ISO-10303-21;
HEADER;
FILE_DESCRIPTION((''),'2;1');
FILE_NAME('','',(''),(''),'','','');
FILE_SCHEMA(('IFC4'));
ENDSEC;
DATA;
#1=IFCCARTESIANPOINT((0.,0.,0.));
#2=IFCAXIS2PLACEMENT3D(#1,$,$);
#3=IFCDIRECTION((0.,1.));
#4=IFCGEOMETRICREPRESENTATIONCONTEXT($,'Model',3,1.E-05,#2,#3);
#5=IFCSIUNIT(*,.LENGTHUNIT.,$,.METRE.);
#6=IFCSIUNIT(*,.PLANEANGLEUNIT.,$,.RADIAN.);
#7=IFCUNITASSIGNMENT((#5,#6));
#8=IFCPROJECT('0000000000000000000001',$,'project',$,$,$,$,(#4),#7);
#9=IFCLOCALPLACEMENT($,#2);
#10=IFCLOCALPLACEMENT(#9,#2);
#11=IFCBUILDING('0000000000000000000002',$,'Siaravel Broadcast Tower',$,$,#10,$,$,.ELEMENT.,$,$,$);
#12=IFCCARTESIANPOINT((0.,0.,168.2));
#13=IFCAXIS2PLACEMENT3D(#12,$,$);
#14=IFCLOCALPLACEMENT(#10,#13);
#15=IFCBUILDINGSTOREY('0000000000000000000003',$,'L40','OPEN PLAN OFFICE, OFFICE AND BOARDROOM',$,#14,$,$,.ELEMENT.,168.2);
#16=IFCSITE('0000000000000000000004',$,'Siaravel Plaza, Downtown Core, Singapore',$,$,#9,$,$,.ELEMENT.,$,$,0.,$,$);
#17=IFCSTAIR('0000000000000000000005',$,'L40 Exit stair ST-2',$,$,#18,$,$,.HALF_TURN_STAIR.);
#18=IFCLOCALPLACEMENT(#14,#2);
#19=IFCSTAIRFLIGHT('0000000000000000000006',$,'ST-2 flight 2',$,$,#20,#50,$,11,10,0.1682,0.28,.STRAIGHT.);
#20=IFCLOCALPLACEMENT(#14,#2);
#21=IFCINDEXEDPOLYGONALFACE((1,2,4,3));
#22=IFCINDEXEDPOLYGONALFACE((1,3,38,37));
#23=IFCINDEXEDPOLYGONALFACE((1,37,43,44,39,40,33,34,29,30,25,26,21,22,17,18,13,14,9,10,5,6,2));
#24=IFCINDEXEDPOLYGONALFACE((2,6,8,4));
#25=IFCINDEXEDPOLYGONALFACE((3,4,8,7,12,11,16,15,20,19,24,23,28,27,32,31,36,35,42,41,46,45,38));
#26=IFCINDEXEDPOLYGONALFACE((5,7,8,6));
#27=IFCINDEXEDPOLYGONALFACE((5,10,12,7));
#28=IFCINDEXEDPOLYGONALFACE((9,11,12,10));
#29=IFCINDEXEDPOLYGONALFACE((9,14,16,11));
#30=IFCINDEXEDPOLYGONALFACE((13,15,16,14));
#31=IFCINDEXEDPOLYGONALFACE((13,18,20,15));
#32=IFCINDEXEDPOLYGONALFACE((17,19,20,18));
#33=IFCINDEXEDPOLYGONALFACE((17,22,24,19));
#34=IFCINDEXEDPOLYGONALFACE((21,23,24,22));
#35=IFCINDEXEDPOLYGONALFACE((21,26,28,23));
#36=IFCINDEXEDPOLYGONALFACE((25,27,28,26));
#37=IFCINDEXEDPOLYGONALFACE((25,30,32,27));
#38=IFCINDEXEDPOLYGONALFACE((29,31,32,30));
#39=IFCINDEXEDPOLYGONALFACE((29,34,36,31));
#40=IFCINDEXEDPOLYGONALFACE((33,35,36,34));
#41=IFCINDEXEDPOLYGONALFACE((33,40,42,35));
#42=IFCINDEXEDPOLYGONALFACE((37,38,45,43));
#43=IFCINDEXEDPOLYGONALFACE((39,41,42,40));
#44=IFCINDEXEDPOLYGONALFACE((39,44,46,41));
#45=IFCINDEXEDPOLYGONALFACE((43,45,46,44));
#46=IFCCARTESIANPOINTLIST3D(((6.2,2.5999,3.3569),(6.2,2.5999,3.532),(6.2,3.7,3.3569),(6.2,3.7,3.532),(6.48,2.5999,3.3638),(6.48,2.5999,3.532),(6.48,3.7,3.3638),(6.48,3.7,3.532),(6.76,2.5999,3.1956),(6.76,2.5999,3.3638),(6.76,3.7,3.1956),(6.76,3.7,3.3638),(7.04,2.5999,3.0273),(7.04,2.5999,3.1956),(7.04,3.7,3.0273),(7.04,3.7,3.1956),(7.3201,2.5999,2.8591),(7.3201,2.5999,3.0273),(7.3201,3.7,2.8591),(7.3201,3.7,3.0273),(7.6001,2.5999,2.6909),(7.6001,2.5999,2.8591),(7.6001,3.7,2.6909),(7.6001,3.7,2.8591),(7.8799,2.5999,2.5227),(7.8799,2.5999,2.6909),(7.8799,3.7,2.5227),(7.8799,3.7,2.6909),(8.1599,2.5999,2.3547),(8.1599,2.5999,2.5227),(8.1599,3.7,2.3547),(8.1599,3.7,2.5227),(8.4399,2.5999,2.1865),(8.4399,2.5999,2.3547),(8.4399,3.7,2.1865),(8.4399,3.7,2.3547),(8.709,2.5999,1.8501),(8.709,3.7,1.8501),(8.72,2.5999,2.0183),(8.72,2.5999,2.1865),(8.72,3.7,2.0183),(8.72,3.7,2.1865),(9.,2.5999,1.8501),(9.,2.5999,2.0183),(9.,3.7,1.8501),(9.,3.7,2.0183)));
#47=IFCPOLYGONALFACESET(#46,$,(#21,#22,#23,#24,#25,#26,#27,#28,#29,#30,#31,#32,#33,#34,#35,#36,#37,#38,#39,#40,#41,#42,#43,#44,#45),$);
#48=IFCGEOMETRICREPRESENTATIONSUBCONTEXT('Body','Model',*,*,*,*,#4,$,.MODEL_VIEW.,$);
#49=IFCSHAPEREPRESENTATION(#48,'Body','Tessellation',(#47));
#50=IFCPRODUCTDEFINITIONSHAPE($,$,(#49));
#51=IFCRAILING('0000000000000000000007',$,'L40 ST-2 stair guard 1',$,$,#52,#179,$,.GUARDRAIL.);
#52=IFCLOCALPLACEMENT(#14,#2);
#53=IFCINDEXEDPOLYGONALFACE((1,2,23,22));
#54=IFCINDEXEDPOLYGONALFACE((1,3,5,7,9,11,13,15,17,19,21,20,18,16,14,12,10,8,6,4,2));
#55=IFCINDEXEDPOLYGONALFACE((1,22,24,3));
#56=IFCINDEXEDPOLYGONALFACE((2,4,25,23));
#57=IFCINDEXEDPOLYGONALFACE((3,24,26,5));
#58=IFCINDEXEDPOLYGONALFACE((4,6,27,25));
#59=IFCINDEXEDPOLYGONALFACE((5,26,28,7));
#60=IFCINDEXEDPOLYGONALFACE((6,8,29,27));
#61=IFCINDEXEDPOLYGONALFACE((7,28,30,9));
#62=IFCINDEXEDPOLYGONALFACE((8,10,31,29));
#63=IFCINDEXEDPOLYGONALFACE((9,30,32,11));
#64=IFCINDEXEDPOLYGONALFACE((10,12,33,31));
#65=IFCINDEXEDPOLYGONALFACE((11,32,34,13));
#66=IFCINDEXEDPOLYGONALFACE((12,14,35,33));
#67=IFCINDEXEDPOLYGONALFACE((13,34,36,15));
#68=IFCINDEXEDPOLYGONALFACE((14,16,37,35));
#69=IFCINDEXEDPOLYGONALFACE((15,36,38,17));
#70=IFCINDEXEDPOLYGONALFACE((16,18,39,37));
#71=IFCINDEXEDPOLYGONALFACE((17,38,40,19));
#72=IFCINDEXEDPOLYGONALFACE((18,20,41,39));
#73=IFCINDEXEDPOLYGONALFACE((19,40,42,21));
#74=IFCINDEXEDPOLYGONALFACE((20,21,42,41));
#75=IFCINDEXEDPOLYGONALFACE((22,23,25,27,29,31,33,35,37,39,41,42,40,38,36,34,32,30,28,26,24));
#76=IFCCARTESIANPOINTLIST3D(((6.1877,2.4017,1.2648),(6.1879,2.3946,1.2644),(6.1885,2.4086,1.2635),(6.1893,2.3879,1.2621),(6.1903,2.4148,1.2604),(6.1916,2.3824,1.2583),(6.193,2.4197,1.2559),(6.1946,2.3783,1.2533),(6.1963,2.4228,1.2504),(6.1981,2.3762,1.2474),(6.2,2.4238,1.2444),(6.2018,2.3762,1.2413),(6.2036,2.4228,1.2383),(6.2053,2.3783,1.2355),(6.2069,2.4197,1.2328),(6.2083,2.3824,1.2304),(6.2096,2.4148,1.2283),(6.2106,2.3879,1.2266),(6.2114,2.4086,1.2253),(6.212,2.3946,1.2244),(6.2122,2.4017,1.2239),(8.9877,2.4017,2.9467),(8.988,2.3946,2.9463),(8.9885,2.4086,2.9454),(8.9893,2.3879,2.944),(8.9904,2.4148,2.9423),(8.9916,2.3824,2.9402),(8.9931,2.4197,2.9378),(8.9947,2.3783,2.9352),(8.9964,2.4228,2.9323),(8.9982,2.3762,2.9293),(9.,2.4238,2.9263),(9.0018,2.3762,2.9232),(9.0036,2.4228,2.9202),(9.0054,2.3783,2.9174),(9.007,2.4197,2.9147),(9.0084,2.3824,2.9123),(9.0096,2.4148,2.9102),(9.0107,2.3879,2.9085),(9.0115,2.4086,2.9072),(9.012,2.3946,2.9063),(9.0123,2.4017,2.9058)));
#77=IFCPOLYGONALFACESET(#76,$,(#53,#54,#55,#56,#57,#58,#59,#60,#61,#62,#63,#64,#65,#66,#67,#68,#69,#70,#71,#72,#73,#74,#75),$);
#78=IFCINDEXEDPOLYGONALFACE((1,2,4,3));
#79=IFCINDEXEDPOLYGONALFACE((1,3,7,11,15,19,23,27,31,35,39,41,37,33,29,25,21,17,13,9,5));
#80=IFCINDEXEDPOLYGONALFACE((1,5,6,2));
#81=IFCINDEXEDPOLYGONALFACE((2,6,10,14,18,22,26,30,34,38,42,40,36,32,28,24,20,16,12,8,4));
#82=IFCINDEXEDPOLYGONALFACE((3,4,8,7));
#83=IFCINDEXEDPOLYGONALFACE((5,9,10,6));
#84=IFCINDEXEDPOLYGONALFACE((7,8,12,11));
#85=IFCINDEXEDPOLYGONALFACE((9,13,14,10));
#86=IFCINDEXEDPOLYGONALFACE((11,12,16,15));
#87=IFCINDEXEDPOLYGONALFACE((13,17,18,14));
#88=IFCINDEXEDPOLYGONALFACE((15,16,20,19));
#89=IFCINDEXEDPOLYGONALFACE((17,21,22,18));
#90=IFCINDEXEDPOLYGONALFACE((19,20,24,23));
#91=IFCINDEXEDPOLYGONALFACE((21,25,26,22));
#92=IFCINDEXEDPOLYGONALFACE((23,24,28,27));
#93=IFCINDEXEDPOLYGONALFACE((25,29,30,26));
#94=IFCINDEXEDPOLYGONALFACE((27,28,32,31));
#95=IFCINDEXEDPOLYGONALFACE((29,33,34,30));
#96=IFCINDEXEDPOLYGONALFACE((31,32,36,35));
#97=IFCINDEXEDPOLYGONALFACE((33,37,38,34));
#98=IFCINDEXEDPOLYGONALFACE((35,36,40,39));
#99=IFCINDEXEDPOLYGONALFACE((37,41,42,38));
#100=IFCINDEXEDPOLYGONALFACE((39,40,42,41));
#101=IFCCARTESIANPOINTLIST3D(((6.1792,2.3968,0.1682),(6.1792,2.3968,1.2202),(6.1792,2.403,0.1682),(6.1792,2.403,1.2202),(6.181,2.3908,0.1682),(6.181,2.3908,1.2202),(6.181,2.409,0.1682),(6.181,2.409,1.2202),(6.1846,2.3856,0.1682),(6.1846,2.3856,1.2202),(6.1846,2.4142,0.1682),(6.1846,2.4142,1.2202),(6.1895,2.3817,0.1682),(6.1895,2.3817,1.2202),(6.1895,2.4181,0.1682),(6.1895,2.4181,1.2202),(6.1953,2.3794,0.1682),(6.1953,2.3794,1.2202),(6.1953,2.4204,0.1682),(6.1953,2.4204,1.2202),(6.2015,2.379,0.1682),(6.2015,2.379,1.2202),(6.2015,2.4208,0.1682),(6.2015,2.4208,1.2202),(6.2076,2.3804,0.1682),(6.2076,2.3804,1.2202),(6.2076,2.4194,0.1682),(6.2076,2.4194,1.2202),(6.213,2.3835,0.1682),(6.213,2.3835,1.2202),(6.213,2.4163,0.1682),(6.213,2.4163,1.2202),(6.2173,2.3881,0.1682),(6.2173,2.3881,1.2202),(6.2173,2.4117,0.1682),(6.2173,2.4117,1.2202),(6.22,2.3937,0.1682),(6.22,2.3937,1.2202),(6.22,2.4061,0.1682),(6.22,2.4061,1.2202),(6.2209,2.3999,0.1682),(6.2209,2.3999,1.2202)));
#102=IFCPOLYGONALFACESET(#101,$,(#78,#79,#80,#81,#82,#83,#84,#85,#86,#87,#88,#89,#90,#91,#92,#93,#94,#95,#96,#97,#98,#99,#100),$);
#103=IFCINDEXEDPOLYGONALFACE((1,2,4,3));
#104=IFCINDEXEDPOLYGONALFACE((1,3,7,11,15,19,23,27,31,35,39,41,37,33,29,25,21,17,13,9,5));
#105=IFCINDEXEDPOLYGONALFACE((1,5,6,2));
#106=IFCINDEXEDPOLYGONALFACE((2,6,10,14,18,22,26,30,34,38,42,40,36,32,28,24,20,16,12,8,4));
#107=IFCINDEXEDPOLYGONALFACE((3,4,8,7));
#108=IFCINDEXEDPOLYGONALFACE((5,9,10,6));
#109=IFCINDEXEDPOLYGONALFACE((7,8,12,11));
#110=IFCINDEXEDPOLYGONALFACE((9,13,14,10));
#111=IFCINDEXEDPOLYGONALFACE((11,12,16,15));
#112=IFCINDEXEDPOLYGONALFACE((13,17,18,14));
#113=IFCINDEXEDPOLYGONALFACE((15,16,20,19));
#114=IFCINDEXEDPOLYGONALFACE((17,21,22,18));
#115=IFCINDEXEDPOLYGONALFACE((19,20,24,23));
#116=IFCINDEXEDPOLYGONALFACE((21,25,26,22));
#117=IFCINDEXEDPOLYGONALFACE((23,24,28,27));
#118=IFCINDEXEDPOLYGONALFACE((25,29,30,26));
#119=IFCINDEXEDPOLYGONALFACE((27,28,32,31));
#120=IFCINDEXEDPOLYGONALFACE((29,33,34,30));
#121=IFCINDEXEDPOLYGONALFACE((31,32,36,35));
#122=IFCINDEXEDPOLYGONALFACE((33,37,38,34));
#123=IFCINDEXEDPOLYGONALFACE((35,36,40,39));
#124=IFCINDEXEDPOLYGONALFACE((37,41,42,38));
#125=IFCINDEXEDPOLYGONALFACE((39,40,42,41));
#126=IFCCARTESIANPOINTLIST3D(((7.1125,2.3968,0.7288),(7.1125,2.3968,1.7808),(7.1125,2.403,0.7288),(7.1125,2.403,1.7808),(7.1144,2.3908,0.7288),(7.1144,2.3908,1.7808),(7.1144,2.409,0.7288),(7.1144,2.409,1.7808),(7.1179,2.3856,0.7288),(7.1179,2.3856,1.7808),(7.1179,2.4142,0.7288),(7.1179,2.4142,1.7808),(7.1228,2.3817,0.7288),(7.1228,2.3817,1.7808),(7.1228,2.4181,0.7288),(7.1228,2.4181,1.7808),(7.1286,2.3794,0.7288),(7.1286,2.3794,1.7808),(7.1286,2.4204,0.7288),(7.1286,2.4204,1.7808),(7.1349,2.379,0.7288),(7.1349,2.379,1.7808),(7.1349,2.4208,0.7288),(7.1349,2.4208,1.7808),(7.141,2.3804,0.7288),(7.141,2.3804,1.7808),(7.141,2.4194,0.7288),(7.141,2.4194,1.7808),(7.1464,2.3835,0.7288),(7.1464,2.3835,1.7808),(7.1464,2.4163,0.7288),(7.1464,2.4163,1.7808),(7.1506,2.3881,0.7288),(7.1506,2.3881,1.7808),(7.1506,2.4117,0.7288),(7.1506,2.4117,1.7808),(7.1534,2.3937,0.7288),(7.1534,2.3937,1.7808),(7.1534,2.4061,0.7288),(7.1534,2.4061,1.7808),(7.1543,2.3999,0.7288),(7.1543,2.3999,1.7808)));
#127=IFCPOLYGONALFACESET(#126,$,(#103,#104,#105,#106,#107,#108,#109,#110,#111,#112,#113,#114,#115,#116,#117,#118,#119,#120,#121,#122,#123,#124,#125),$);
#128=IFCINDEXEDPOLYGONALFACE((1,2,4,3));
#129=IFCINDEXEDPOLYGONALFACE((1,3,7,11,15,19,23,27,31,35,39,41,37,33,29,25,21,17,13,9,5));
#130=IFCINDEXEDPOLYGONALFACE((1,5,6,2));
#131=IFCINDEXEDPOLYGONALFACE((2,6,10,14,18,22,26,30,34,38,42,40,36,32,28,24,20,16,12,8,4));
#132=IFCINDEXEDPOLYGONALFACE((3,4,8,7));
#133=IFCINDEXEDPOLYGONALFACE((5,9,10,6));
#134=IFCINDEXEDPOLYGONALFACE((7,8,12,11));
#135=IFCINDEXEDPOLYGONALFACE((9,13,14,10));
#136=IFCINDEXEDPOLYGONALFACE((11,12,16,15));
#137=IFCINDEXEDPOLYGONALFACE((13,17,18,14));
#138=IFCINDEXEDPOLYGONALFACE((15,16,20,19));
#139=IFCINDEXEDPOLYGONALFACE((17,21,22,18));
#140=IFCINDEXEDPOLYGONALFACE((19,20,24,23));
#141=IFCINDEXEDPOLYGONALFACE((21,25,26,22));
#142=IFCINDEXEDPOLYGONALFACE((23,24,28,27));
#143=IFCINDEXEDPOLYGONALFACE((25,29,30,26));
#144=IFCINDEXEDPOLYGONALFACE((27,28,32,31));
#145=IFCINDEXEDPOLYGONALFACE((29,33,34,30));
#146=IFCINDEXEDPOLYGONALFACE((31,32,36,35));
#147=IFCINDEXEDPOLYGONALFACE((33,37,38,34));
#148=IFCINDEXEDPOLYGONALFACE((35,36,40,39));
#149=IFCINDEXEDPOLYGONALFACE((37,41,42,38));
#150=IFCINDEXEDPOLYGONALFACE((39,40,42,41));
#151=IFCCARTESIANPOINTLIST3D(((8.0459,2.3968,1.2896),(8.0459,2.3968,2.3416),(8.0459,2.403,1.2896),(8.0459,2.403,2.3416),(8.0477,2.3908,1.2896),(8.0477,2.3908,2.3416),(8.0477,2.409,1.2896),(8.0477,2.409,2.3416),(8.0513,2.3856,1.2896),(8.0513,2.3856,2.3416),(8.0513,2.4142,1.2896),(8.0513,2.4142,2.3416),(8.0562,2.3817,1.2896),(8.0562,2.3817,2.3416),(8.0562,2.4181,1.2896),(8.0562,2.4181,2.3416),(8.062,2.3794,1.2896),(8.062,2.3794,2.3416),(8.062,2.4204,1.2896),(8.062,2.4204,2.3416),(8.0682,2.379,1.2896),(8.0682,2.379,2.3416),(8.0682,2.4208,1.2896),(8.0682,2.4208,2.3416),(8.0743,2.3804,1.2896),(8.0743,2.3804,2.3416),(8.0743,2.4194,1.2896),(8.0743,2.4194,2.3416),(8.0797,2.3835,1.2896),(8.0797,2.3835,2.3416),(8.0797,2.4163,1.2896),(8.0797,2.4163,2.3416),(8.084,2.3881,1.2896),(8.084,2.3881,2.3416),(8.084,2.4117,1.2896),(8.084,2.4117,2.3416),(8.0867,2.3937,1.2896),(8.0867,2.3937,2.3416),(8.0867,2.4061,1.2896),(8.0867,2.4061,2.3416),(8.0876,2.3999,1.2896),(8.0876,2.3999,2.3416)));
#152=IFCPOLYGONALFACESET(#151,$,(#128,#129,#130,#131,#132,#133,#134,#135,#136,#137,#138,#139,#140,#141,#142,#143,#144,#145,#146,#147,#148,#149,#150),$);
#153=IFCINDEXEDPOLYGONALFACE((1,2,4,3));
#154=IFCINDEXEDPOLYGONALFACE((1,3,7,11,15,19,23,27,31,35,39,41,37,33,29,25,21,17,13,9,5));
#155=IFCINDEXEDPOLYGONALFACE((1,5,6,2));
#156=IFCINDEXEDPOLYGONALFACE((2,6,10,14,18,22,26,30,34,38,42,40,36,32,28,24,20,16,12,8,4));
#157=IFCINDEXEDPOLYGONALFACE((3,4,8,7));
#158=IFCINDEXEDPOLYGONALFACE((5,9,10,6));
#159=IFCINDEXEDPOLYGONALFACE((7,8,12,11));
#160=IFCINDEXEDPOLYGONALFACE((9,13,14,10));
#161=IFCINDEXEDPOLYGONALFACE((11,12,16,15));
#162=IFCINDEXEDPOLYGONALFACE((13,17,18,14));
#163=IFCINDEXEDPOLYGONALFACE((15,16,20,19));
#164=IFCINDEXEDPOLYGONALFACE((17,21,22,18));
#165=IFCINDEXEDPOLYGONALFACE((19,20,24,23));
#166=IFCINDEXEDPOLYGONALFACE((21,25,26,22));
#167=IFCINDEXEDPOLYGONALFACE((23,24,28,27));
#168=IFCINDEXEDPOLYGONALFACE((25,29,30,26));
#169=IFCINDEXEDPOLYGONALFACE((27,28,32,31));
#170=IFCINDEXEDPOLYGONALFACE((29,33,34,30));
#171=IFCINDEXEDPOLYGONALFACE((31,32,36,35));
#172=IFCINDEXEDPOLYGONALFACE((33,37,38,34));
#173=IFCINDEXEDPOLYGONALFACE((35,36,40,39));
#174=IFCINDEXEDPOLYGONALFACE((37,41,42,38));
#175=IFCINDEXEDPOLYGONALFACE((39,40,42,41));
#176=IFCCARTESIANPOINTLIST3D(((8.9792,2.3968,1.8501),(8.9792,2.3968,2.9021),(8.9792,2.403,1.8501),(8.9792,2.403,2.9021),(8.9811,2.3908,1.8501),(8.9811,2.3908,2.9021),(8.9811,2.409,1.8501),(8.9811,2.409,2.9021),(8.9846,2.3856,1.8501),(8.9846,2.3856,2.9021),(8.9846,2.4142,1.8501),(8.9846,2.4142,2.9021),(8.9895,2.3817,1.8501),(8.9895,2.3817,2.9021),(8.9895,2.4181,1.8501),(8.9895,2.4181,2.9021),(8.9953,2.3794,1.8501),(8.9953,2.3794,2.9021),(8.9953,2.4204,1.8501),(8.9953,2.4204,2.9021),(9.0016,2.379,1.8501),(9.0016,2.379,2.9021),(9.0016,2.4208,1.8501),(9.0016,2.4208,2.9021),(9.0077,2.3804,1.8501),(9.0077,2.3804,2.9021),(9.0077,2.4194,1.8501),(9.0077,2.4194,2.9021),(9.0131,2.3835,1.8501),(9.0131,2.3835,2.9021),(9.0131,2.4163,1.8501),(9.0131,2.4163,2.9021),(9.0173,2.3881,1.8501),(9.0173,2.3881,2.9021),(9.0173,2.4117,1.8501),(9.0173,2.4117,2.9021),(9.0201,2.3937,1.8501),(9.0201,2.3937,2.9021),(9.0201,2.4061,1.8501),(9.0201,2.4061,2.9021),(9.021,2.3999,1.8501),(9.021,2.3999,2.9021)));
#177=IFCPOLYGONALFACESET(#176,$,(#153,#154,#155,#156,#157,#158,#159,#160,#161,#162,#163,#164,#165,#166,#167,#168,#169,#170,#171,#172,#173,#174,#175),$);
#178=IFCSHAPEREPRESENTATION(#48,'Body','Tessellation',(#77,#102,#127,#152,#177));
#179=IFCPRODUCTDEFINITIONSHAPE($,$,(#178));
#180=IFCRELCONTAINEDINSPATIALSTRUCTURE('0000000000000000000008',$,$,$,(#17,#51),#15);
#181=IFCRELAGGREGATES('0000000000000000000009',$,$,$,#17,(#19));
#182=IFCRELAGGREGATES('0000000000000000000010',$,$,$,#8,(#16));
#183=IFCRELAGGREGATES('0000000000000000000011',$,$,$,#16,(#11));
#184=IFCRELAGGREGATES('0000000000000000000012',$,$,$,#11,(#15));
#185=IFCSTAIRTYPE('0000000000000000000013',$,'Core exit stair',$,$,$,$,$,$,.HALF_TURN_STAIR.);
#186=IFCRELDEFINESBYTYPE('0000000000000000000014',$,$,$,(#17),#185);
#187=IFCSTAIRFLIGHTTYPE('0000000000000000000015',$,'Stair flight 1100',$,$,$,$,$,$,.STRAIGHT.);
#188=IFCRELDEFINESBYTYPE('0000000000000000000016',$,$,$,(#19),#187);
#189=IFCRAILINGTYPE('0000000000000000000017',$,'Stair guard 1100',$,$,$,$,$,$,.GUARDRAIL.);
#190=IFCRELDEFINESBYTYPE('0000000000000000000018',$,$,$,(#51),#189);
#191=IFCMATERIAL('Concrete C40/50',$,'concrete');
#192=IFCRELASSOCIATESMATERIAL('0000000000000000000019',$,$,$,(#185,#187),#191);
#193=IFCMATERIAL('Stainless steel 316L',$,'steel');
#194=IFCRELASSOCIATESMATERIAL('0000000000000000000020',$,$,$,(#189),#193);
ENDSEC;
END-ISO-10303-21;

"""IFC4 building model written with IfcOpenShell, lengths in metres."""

from ifc_helpers import new_model, si_unit, direction, frame, origin, origin_2d, place, context, subcontext, project, spatial, polyline, circle, outline, extrude, material, type_object, element, aggregate, save


model = new_model("IFC4")

# Units and contexts
model_context = context("Model", 3, precision=1e-05, world=origin(), true_north=direction((0.0, 1.0)))
body_context = subcontext(model_context, "Body", "Model", "MODEL_VIEW")
ifc_project = project(units=[si_unit("LENGTHUNIT", "METRE"), si_unit("PLANEANGLEUNIT", "RADIAN")], contexts=[model_context])

# Site, building, storey
site_placement = place(None, origin())
site = spatial("IfcSite", under=ifc_project, at=site_placement, Name="Siaravel Plaza, Downtown Core, Singapore", CompositionType="ELEMENT", RefElevation=0.0)
building_placement = place(site_placement, origin())
building = spatial("IfcBuilding", under=site, at=building_placement, Name="Siaravel Broadcast Tower", CompositionType="ELEMENT")
storey_placement = place(building_placement, frame((0.0, 0.0, 168.2)))
storey = spatial("IfcBuildingStorey", under=building, at=storey_placement, Name="L40", Description="OPEN PLAN OFFICE, OFFICE AND BOARDROOM", CompositionType="ELEMENT", Elevation=168.2)

# Stair, stair flight
ifc_material_1 = material(Name="Concrete C40/50", Category="concrete")
stair_type = type_object("IfcStairType", Name="Core exit stair", PredefinedType="HALF_TURN_STAIR", material=ifc_material_1)
stair_placement = place(storey_placement, origin())
stair = element("IfcStair", 1, at=stair_placement, inside=storey, type_object=stair_type, Name="L40 Exit stair ST-2", PredefinedType="HALF_TURN_STAIR")
stair_flight_type = type_object("IfcStairFlightType", Name="Stair flight 1100", PredefinedType="STRAIGHT", material=ifc_material_1)
stair_flight_1_placement = place(storey_placement, frame((9.0, 3.1499, 1.8501), z_axis=(0.0, 0.0, 1.0), x_axis=(-1.0, 0.0, 0.0)))
stair_flight_1 = element("IfcStairFlight", 2, at=stair_flight_1_placement, type_object=stair_flight_type, Name="ST-2 flight 2", NumberOfRisers=11, NumberOfTreads=10, PredefinedType="STRAIGHT", RiserHeight=0.1682, TreadLength=0.28, context=body_context, shape_type="SweptSolid", body=[
    extrude(outline(polyline([(0.0, 0.0), (0.0, 0.1682), (0.28, 0.1682), (0.28, 0.3364), (0.5601, 0.3364), (0.5601, 0.5046), (0.8401, 0.5046), (0.8401, 0.6726), (1.1201, 0.6726), (1.1201, 0.8408), (1.3999, 0.8408), (1.3999, 1.009), (1.6799, 1.009), (1.6799, 1.1772), (1.96, 1.1772), (1.96, 1.3455), (2.24, 1.3455), (2.24, 1.5137), (2.52, 1.5137), (2.52, 1.6819), (2.8, 1.6819), (2.8, 1.8501), (2.8, 1.5068), (0.291, 0.0), (0.0, 0.0)])), frame((0.0, 0.55, 0.0), z_axis=(0.0, -1.0, 0.0), x_axis=(1.0, 0.0, 0.0)), (0.0, 0.0, 1.0), 1.1001),
])
aggregate(stair, [stair_flight_1])

# Railing
ifc_material_2 = material(Name="Stainless steel 316L", Category="steel")
railing_type_1 = type_object("IfcRailingType", Name="Stair guard 1100", PredefinedType="GUARDRAIL", material=ifc_material_2)
railing_1_placement = place(storey_placement, frame((6.2, 2.3999, 0.1682)))
element("IfcRailing", 3, at=railing_1_placement, inside=storey, type_object=railing_type_1, Name="L40 ST-2 stair guard 1", PredefinedType="GUARDRAIL", context=body_context, shape_type="SweptSolid", body=[
    extrude(circle(Radius=0.0239, at=origin_2d()), frame((0.0, 0.0, 1.0762), z_axis=(0.857242, 0.0, 0.514913), x_axis=(0.0, 1.0, 0.0)), (0.0, 0.0, 1.0), 3.2664),
    extrude(circle(Radius=0.021, at=origin_2d()), origin(), (0.0, 0.0, 1.0), 1.052),
    extrude(circle(Radius=0.021, at=origin_2d()), frame((0.9333, 0.0, 0.5605)), (0.0, 0.0, 1.0), 1.052),
    extrude(circle(Radius=0.021, at=origin_2d()), frame((1.8667, 0.0, 1.1213)), (0.0, 0.0, 1.0), 1.052),
    extrude(circle(Radius=0.021, at=origin_2d()), frame((2.8, 0.0, 1.6819)), (0.0, 0.0, 1.0), 1.052),
])

save(model, "model.ifc")
